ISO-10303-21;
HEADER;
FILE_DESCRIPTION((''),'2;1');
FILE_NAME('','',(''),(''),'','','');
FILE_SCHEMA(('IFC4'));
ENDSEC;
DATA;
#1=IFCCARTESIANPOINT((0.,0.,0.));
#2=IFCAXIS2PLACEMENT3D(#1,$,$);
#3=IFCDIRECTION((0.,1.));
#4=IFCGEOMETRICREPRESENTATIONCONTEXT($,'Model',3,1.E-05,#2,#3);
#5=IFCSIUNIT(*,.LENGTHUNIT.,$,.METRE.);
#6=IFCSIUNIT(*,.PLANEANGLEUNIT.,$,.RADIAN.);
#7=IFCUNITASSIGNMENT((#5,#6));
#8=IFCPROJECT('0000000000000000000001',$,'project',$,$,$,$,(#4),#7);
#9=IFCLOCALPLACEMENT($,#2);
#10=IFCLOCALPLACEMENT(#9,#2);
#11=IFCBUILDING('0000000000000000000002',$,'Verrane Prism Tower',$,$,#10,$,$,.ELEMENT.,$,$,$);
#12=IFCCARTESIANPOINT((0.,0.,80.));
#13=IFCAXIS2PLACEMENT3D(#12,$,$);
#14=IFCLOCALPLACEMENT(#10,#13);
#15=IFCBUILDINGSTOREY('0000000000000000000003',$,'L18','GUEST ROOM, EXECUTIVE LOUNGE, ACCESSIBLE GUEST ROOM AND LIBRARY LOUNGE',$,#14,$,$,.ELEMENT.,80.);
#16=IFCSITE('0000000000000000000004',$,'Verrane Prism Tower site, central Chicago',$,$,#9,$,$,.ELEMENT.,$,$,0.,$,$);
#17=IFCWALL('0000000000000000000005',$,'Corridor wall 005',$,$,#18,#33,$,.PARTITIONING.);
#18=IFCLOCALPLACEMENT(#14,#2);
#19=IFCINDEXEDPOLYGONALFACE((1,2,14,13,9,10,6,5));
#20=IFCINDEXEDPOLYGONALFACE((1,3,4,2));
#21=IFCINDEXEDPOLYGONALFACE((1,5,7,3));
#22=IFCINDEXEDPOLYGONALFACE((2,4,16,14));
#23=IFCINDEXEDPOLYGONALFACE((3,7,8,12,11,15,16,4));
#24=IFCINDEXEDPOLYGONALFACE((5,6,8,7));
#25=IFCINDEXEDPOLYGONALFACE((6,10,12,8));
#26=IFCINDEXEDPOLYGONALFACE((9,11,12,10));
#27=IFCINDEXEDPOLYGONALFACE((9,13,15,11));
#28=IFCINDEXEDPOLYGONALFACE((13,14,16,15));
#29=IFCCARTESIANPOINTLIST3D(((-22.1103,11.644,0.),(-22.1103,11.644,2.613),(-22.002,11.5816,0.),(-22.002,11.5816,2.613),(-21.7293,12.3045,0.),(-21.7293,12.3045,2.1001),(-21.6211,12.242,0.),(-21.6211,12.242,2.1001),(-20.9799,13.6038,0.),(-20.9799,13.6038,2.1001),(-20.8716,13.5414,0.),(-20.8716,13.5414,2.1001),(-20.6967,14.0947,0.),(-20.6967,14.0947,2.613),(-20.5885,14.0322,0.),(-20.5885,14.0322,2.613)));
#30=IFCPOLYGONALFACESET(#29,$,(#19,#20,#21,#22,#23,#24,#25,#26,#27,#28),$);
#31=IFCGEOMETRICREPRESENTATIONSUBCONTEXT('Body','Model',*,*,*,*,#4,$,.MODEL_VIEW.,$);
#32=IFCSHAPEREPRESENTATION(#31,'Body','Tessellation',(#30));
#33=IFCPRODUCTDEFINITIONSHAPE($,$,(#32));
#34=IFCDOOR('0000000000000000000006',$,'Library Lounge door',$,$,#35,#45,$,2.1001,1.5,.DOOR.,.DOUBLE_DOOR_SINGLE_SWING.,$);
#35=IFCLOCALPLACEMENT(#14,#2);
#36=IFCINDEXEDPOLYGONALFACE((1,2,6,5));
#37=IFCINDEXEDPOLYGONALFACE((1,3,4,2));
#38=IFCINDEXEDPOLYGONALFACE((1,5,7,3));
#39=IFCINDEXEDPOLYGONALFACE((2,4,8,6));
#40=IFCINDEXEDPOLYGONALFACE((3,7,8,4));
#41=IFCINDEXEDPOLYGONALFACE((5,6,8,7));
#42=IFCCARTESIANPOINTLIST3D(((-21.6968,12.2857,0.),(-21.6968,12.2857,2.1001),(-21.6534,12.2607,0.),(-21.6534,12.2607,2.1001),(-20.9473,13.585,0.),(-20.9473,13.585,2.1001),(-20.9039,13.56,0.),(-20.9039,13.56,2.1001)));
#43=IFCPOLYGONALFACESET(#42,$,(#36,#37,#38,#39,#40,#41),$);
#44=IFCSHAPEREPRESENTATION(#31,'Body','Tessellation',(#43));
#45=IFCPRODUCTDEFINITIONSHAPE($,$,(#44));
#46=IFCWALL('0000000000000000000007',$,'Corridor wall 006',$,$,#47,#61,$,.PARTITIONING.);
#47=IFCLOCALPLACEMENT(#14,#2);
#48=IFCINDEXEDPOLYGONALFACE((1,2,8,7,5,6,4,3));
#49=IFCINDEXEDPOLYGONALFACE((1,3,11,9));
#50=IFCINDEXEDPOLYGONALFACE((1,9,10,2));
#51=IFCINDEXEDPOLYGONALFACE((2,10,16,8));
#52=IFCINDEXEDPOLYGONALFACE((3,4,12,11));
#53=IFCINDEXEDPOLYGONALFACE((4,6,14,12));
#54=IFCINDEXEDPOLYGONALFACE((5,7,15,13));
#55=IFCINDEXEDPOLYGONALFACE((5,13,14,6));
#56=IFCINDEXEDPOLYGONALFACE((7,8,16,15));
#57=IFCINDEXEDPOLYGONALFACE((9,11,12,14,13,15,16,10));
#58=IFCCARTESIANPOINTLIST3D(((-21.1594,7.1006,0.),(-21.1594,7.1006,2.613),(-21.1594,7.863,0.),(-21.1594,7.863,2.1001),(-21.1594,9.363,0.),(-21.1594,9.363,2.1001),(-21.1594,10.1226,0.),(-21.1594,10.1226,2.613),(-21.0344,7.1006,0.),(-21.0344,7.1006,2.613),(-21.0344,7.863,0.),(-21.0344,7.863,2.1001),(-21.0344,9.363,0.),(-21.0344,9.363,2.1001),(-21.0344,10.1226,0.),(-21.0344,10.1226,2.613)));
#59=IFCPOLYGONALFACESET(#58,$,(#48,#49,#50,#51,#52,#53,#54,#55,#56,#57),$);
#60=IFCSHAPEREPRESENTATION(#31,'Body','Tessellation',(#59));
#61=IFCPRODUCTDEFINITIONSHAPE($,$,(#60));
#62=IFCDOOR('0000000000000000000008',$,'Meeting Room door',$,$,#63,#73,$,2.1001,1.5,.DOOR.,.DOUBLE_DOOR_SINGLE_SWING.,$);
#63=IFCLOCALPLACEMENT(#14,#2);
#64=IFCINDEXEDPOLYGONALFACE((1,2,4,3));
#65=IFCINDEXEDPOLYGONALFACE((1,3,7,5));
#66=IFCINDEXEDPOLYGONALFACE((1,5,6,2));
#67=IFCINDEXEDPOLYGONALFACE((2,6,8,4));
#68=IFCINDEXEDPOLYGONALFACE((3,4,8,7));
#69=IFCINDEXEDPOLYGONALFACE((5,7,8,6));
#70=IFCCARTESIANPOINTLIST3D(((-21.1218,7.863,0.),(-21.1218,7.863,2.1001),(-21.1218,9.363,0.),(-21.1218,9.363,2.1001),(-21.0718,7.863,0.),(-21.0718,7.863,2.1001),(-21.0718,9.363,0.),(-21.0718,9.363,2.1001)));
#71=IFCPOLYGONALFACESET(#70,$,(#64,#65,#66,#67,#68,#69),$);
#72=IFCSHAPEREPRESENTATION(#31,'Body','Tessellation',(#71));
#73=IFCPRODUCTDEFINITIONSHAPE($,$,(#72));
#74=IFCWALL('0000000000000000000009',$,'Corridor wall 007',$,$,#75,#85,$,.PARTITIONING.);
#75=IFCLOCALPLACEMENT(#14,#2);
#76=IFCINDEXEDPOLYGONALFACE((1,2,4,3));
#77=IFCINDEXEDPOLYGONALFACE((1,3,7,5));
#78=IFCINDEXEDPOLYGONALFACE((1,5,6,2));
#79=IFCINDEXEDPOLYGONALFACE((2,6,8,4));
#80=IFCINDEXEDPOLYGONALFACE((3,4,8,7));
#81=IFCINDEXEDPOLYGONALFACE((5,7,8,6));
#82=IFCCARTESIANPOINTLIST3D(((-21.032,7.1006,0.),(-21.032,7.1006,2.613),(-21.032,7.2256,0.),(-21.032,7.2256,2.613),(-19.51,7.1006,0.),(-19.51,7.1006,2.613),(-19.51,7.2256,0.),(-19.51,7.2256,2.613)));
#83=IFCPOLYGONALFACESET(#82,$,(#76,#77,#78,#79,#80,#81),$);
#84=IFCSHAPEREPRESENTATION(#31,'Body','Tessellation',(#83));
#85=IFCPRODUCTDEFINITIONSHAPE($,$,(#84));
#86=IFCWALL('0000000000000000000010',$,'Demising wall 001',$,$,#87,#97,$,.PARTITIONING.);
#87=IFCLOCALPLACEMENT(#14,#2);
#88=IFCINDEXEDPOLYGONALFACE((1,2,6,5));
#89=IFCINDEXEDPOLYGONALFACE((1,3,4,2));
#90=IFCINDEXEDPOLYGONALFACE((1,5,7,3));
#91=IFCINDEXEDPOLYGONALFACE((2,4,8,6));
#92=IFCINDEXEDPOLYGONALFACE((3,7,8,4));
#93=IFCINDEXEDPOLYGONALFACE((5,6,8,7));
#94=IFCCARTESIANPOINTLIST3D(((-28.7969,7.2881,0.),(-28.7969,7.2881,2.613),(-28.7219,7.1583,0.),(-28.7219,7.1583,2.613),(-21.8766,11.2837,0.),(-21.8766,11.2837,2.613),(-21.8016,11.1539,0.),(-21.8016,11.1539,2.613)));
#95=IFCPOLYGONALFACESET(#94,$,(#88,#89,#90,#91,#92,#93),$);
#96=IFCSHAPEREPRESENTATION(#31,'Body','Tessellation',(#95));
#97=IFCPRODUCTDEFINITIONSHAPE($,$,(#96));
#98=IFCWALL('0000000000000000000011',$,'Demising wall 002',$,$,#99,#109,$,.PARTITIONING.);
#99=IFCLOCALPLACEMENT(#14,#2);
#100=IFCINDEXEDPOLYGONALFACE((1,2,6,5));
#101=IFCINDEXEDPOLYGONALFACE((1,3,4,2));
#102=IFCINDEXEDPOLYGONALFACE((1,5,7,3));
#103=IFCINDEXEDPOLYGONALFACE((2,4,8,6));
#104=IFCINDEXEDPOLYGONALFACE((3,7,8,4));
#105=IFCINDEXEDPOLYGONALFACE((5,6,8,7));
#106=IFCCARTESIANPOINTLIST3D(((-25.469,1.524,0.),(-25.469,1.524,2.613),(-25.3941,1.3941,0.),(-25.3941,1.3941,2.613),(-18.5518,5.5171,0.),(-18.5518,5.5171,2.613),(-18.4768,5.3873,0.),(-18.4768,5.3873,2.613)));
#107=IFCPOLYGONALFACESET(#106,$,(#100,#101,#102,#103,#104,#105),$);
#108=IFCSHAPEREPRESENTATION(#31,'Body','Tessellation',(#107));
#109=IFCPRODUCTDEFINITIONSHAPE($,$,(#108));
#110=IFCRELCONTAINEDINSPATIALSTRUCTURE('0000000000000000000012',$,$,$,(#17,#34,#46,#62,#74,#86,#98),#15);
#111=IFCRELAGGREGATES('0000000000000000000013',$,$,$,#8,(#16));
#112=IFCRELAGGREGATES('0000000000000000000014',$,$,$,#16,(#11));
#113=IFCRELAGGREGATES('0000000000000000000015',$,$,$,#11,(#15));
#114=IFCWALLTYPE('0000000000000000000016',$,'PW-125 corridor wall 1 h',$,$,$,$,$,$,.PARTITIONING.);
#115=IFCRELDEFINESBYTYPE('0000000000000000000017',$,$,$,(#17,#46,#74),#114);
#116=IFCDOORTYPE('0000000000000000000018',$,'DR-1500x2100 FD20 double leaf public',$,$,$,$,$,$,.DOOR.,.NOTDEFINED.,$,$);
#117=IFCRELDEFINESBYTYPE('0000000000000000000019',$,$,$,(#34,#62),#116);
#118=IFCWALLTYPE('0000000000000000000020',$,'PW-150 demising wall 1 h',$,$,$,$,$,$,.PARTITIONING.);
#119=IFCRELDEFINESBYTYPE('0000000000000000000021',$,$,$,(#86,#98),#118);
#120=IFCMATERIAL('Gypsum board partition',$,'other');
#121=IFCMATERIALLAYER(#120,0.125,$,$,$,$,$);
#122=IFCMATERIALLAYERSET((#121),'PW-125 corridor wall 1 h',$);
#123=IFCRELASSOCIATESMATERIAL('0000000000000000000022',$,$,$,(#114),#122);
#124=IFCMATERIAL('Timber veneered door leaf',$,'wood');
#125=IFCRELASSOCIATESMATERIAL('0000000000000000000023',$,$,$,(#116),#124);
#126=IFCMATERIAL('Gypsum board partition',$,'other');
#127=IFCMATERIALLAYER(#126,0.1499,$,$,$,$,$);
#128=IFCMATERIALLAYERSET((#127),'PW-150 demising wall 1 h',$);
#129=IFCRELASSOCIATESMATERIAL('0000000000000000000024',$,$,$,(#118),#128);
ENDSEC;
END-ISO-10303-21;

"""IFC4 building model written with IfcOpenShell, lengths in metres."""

from ifc_helpers import new_model, si_unit, direction, frame, frame_2d, origin, place, context, subcontext, project, spatial, rectangle, extrude, material, layer, layer_set, type_object, element, fill, save


model = new_model("IFC4")

# Units and contexts
model_context = context("Model", 3, precision=1e-05, world=origin(), true_north=direction((0.0, 1.0)))
body_context = subcontext(model_context, "Body", "Model", "MODEL_VIEW")
ifc_project = project(units=[si_unit("LENGTHUNIT", "METRE"), si_unit("PLANEANGLEUNIT", "RADIAN")], contexts=[model_context])

# Site, building, storey
site_placement = place(None, origin())
site = spatial("IfcSite", under=ifc_project, at=site_placement, Name="Verrane Prism Tower site, central Chicago", CompositionType="ELEMENT", RefElevation=0.0)
building_placement = place(site_placement, origin())
building = spatial("IfcBuilding", under=site, at=building_placement, Name="Verrane Prism Tower", CompositionType="ELEMENT")
storey_placement = place(building_placement, frame((0.0, 0.0, 80.0)))
storey = spatial("IfcBuildingStorey", under=building, at=storey_placement, Name="L18", Description="GUEST ROOM, EXECUTIVE LOUNGE, ACCESSIBLE GUEST ROOM AND LIBRARY LOUNGE", CompositionType="ELEMENT", Elevation=80.0)

# Shared definitions
ifc_material_1 = material(Name="Gypsum board partition", Category="other")
ifc_layer_1 = layer(ifc_material_1, 0.125)
ifc_layer_set_1 = layer_set([ifc_layer_1], Name="PW-125 corridor wall 1 h")
wall_type_1 = type_object("IfcWallType", Name="PW-125 corridor wall 1 h", PredefinedType="PARTITIONING", material=ifc_layer_set_1)

# Walls, openings, doors
wall_1_placement = place(storey_placement, frame((-22.0562, 11.6128, 0.0), z_axis=(0.0, 0.0, 1.0), x_axis=(0.499648, 0.866229, 0.0)))
wall_1 = element("IfcWall", 1, at=wall_1_placement, inside=storey, type_object=wall_type_1, Name="Corridor wall 005", PredefinedType="PARTITIONING", context=body_context, shape_type="SweptSolid", body=[
    extrude(rectangle(XDim=2.8291, YDim=0.125, at=frame_2d((1.4146, 0.0))), origin(), (0.0, 0.0, 1.0), 2.613),
])
opening_1_placement = place(wall_1_placement, frame((0.7625, 0.0, 0.0)))
opening_1 = element("IfcOpeningElement", 2, at=opening_1_placement, cuts=wall_1, PredefinedType="OPENING", context=body_context, shape_type="SweptSolid", body=[
    extrude(rectangle(XDim=1.5, YDim=2.1001, at=frame_2d((0.75, 1.05))), frame((0.0, 0.0725, 0.0), z_axis=(0.0, -1.0, 0.0), x_axis=(1.0, 0.0, 0.0)), (0.0, 0.0, 1.0), 0.145),
])
ifc_material_2 = material(Name="Timber veneered door leaf", Category="wood")
door_type_1 = type_object("IfcDoorType", Name="DR-1500x2100 FD20 double leaf public", OperationType="NOTDEFINED", PredefinedType="DOOR", material=ifc_material_2)
door_1_placement = place(opening_1_placement, origin())
door_1 = element("IfcDoor", 3, at=door_1_placement, inside=storey, type_object=door_type_1, Name="Library Lounge door", OperationType="DOUBLE_DOOR_SINGLE_SWING", OverallHeight=2.1001, OverallWidth=1.5, PredefinedType="DOOR", context=body_context, shape_type="SweptSolid", body=[
    extrude(rectangle(XDim=1.5, YDim=2.1001, at=frame_2d((0.75, 1.05))), frame((0.0, 0.0249, 0.0), z_axis=(0.0, -1.0, 0.0), x_axis=(1.0, 0.0, 0.0)), (0.0, 0.0, 1.0), 0.05),
])
fill(opening_1, door_1)
wall_2_placement = place(storey_placement, frame((-21.0969, 7.1006, 0.0), z_axis=(0.0, 0.0, 1.0), x_axis=(0.0, 1.0, 0.0)))
wall_2 = element("IfcWall", 4, at=wall_2_placement, inside=storey, type_object=wall_type_1, Name="Corridor wall 006", PredefinedType="PARTITIONING", context=body_context, shape_type="SweptSolid", body=[
    extrude(rectangle(XDim=3.022, YDim=0.125, at=frame_2d((1.511, 0.0))), origin(), (0.0, 0.0, 1.0), 2.613),
])
opening_2_placement = place(wall_2_placement, frame((0.7625, 0.0, 0.0)))
opening_2 = element("IfcOpeningElement", 5, at=opening_2_placement, cuts=wall_2, PredefinedType="OPENING", context=body_context, shape_type="SweptSolid", body=[
    extrude(rectangle(XDim=1.5, YDim=2.1001, at=frame_2d((0.75, 1.05))), frame((0.0, 0.0725, 0.0), z_axis=(0.0, -1.0, 0.0), x_axis=(1.0, 0.0, 0.0)), (0.0, 0.0, 1.0), 0.145),
])
door_2_placement = place(opening_2_placement, origin())
door_2 = element("IfcDoor", 6, at=door_2_placement, inside=storey, type_object=door_type_1, Name="Meeting Room door", OperationType="DOUBLE_DOOR_SINGLE_SWING", OverallHeight=2.1001, OverallWidth=1.5, PredefinedType="DOOR", context=body_context, shape_type="SweptSolid", body=[
    extrude(rectangle(XDim=1.5, YDim=2.1001, at=frame_2d((0.75, 1.05))), frame((0.0, 0.0249, 0.0), z_axis=(0.0, -1.0, 0.0), x_axis=(1.0, 0.0, 0.0)), (0.0, 0.0, 1.0), 0.05),
])
fill(opening_2, door_2)

# Walls
wall_3_placement = place(storey_placement, frame((-21.032, 7.1631, 0.0), z_axis=(0.0, 0.0, 1.0), x_axis=(1.0, 0.0, 0.0)))
element("IfcWall", 7, at=wall_3_placement, inside=storey, type_object=wall_type_1, Name="Corridor wall 007", PredefinedType="PARTITIONING", context=body_context, shape_type="SweptSolid", body=[
    extrude(rectangle(XDim=1.522, YDim=0.125, at=frame_2d((0.761, 0.0))), origin(), (0.0, 0.0, 1.0), 2.613),
])
ifc_material_3 = material(Name="Gypsum board partition", Category="other")
ifc_layer_2 = layer(ifc_material_3, 0.1499)
ifc_layer_set_2 = layer_set([ifc_layer_2], Name="PW-150 demising wall 1 h")
wall_type_2 = type_object("IfcWallType", Name="PW-150 demising wall 1 h", PredefinedType="PARTITIONING", material=ifc_layer_set_2)
wall_4_placement = place(storey_placement, frame((-28.7595, 7.2231, 0.0), z_axis=(0.0, 0.0, 1.0), x_axis=(0.86602, 0.50001, 0.0)))
element("IfcWall", 8, at=wall_4_placement, inside=storey, type_object=wall_type_2, Name="Demising wall 001", PredefinedType="PARTITIONING", context=body_context, shape_type="SweptSolid", body=[
    extrude(rectangle(XDim=7.991, YDim=0.1499, at=frame_2d((3.9956, 0.0))), origin(), (0.0, 0.0, 1.0), 2.613),
])
wall_5_placement = place(storey_placement, frame((-25.4316, 1.459, 0.0), z_axis=(0.0, 0.0, 1.0), x_axis=(0.866053, 0.499953, 0.0)))
element("IfcWall", 9, at=wall_5_placement, inside=storey, type_object=wall_type_2, Name="Demising wall 002", PredefinedType="PARTITIONING", context=body_context, shape_type="SweptSolid", body=[
    extrude(rectangle(XDim=7.9871, YDim=0.1499, at=frame_2d((3.9937, 0.0))), origin(), (0.0, 0.0, 1.0), 2.613),
])

save(model, "model.ifc")
